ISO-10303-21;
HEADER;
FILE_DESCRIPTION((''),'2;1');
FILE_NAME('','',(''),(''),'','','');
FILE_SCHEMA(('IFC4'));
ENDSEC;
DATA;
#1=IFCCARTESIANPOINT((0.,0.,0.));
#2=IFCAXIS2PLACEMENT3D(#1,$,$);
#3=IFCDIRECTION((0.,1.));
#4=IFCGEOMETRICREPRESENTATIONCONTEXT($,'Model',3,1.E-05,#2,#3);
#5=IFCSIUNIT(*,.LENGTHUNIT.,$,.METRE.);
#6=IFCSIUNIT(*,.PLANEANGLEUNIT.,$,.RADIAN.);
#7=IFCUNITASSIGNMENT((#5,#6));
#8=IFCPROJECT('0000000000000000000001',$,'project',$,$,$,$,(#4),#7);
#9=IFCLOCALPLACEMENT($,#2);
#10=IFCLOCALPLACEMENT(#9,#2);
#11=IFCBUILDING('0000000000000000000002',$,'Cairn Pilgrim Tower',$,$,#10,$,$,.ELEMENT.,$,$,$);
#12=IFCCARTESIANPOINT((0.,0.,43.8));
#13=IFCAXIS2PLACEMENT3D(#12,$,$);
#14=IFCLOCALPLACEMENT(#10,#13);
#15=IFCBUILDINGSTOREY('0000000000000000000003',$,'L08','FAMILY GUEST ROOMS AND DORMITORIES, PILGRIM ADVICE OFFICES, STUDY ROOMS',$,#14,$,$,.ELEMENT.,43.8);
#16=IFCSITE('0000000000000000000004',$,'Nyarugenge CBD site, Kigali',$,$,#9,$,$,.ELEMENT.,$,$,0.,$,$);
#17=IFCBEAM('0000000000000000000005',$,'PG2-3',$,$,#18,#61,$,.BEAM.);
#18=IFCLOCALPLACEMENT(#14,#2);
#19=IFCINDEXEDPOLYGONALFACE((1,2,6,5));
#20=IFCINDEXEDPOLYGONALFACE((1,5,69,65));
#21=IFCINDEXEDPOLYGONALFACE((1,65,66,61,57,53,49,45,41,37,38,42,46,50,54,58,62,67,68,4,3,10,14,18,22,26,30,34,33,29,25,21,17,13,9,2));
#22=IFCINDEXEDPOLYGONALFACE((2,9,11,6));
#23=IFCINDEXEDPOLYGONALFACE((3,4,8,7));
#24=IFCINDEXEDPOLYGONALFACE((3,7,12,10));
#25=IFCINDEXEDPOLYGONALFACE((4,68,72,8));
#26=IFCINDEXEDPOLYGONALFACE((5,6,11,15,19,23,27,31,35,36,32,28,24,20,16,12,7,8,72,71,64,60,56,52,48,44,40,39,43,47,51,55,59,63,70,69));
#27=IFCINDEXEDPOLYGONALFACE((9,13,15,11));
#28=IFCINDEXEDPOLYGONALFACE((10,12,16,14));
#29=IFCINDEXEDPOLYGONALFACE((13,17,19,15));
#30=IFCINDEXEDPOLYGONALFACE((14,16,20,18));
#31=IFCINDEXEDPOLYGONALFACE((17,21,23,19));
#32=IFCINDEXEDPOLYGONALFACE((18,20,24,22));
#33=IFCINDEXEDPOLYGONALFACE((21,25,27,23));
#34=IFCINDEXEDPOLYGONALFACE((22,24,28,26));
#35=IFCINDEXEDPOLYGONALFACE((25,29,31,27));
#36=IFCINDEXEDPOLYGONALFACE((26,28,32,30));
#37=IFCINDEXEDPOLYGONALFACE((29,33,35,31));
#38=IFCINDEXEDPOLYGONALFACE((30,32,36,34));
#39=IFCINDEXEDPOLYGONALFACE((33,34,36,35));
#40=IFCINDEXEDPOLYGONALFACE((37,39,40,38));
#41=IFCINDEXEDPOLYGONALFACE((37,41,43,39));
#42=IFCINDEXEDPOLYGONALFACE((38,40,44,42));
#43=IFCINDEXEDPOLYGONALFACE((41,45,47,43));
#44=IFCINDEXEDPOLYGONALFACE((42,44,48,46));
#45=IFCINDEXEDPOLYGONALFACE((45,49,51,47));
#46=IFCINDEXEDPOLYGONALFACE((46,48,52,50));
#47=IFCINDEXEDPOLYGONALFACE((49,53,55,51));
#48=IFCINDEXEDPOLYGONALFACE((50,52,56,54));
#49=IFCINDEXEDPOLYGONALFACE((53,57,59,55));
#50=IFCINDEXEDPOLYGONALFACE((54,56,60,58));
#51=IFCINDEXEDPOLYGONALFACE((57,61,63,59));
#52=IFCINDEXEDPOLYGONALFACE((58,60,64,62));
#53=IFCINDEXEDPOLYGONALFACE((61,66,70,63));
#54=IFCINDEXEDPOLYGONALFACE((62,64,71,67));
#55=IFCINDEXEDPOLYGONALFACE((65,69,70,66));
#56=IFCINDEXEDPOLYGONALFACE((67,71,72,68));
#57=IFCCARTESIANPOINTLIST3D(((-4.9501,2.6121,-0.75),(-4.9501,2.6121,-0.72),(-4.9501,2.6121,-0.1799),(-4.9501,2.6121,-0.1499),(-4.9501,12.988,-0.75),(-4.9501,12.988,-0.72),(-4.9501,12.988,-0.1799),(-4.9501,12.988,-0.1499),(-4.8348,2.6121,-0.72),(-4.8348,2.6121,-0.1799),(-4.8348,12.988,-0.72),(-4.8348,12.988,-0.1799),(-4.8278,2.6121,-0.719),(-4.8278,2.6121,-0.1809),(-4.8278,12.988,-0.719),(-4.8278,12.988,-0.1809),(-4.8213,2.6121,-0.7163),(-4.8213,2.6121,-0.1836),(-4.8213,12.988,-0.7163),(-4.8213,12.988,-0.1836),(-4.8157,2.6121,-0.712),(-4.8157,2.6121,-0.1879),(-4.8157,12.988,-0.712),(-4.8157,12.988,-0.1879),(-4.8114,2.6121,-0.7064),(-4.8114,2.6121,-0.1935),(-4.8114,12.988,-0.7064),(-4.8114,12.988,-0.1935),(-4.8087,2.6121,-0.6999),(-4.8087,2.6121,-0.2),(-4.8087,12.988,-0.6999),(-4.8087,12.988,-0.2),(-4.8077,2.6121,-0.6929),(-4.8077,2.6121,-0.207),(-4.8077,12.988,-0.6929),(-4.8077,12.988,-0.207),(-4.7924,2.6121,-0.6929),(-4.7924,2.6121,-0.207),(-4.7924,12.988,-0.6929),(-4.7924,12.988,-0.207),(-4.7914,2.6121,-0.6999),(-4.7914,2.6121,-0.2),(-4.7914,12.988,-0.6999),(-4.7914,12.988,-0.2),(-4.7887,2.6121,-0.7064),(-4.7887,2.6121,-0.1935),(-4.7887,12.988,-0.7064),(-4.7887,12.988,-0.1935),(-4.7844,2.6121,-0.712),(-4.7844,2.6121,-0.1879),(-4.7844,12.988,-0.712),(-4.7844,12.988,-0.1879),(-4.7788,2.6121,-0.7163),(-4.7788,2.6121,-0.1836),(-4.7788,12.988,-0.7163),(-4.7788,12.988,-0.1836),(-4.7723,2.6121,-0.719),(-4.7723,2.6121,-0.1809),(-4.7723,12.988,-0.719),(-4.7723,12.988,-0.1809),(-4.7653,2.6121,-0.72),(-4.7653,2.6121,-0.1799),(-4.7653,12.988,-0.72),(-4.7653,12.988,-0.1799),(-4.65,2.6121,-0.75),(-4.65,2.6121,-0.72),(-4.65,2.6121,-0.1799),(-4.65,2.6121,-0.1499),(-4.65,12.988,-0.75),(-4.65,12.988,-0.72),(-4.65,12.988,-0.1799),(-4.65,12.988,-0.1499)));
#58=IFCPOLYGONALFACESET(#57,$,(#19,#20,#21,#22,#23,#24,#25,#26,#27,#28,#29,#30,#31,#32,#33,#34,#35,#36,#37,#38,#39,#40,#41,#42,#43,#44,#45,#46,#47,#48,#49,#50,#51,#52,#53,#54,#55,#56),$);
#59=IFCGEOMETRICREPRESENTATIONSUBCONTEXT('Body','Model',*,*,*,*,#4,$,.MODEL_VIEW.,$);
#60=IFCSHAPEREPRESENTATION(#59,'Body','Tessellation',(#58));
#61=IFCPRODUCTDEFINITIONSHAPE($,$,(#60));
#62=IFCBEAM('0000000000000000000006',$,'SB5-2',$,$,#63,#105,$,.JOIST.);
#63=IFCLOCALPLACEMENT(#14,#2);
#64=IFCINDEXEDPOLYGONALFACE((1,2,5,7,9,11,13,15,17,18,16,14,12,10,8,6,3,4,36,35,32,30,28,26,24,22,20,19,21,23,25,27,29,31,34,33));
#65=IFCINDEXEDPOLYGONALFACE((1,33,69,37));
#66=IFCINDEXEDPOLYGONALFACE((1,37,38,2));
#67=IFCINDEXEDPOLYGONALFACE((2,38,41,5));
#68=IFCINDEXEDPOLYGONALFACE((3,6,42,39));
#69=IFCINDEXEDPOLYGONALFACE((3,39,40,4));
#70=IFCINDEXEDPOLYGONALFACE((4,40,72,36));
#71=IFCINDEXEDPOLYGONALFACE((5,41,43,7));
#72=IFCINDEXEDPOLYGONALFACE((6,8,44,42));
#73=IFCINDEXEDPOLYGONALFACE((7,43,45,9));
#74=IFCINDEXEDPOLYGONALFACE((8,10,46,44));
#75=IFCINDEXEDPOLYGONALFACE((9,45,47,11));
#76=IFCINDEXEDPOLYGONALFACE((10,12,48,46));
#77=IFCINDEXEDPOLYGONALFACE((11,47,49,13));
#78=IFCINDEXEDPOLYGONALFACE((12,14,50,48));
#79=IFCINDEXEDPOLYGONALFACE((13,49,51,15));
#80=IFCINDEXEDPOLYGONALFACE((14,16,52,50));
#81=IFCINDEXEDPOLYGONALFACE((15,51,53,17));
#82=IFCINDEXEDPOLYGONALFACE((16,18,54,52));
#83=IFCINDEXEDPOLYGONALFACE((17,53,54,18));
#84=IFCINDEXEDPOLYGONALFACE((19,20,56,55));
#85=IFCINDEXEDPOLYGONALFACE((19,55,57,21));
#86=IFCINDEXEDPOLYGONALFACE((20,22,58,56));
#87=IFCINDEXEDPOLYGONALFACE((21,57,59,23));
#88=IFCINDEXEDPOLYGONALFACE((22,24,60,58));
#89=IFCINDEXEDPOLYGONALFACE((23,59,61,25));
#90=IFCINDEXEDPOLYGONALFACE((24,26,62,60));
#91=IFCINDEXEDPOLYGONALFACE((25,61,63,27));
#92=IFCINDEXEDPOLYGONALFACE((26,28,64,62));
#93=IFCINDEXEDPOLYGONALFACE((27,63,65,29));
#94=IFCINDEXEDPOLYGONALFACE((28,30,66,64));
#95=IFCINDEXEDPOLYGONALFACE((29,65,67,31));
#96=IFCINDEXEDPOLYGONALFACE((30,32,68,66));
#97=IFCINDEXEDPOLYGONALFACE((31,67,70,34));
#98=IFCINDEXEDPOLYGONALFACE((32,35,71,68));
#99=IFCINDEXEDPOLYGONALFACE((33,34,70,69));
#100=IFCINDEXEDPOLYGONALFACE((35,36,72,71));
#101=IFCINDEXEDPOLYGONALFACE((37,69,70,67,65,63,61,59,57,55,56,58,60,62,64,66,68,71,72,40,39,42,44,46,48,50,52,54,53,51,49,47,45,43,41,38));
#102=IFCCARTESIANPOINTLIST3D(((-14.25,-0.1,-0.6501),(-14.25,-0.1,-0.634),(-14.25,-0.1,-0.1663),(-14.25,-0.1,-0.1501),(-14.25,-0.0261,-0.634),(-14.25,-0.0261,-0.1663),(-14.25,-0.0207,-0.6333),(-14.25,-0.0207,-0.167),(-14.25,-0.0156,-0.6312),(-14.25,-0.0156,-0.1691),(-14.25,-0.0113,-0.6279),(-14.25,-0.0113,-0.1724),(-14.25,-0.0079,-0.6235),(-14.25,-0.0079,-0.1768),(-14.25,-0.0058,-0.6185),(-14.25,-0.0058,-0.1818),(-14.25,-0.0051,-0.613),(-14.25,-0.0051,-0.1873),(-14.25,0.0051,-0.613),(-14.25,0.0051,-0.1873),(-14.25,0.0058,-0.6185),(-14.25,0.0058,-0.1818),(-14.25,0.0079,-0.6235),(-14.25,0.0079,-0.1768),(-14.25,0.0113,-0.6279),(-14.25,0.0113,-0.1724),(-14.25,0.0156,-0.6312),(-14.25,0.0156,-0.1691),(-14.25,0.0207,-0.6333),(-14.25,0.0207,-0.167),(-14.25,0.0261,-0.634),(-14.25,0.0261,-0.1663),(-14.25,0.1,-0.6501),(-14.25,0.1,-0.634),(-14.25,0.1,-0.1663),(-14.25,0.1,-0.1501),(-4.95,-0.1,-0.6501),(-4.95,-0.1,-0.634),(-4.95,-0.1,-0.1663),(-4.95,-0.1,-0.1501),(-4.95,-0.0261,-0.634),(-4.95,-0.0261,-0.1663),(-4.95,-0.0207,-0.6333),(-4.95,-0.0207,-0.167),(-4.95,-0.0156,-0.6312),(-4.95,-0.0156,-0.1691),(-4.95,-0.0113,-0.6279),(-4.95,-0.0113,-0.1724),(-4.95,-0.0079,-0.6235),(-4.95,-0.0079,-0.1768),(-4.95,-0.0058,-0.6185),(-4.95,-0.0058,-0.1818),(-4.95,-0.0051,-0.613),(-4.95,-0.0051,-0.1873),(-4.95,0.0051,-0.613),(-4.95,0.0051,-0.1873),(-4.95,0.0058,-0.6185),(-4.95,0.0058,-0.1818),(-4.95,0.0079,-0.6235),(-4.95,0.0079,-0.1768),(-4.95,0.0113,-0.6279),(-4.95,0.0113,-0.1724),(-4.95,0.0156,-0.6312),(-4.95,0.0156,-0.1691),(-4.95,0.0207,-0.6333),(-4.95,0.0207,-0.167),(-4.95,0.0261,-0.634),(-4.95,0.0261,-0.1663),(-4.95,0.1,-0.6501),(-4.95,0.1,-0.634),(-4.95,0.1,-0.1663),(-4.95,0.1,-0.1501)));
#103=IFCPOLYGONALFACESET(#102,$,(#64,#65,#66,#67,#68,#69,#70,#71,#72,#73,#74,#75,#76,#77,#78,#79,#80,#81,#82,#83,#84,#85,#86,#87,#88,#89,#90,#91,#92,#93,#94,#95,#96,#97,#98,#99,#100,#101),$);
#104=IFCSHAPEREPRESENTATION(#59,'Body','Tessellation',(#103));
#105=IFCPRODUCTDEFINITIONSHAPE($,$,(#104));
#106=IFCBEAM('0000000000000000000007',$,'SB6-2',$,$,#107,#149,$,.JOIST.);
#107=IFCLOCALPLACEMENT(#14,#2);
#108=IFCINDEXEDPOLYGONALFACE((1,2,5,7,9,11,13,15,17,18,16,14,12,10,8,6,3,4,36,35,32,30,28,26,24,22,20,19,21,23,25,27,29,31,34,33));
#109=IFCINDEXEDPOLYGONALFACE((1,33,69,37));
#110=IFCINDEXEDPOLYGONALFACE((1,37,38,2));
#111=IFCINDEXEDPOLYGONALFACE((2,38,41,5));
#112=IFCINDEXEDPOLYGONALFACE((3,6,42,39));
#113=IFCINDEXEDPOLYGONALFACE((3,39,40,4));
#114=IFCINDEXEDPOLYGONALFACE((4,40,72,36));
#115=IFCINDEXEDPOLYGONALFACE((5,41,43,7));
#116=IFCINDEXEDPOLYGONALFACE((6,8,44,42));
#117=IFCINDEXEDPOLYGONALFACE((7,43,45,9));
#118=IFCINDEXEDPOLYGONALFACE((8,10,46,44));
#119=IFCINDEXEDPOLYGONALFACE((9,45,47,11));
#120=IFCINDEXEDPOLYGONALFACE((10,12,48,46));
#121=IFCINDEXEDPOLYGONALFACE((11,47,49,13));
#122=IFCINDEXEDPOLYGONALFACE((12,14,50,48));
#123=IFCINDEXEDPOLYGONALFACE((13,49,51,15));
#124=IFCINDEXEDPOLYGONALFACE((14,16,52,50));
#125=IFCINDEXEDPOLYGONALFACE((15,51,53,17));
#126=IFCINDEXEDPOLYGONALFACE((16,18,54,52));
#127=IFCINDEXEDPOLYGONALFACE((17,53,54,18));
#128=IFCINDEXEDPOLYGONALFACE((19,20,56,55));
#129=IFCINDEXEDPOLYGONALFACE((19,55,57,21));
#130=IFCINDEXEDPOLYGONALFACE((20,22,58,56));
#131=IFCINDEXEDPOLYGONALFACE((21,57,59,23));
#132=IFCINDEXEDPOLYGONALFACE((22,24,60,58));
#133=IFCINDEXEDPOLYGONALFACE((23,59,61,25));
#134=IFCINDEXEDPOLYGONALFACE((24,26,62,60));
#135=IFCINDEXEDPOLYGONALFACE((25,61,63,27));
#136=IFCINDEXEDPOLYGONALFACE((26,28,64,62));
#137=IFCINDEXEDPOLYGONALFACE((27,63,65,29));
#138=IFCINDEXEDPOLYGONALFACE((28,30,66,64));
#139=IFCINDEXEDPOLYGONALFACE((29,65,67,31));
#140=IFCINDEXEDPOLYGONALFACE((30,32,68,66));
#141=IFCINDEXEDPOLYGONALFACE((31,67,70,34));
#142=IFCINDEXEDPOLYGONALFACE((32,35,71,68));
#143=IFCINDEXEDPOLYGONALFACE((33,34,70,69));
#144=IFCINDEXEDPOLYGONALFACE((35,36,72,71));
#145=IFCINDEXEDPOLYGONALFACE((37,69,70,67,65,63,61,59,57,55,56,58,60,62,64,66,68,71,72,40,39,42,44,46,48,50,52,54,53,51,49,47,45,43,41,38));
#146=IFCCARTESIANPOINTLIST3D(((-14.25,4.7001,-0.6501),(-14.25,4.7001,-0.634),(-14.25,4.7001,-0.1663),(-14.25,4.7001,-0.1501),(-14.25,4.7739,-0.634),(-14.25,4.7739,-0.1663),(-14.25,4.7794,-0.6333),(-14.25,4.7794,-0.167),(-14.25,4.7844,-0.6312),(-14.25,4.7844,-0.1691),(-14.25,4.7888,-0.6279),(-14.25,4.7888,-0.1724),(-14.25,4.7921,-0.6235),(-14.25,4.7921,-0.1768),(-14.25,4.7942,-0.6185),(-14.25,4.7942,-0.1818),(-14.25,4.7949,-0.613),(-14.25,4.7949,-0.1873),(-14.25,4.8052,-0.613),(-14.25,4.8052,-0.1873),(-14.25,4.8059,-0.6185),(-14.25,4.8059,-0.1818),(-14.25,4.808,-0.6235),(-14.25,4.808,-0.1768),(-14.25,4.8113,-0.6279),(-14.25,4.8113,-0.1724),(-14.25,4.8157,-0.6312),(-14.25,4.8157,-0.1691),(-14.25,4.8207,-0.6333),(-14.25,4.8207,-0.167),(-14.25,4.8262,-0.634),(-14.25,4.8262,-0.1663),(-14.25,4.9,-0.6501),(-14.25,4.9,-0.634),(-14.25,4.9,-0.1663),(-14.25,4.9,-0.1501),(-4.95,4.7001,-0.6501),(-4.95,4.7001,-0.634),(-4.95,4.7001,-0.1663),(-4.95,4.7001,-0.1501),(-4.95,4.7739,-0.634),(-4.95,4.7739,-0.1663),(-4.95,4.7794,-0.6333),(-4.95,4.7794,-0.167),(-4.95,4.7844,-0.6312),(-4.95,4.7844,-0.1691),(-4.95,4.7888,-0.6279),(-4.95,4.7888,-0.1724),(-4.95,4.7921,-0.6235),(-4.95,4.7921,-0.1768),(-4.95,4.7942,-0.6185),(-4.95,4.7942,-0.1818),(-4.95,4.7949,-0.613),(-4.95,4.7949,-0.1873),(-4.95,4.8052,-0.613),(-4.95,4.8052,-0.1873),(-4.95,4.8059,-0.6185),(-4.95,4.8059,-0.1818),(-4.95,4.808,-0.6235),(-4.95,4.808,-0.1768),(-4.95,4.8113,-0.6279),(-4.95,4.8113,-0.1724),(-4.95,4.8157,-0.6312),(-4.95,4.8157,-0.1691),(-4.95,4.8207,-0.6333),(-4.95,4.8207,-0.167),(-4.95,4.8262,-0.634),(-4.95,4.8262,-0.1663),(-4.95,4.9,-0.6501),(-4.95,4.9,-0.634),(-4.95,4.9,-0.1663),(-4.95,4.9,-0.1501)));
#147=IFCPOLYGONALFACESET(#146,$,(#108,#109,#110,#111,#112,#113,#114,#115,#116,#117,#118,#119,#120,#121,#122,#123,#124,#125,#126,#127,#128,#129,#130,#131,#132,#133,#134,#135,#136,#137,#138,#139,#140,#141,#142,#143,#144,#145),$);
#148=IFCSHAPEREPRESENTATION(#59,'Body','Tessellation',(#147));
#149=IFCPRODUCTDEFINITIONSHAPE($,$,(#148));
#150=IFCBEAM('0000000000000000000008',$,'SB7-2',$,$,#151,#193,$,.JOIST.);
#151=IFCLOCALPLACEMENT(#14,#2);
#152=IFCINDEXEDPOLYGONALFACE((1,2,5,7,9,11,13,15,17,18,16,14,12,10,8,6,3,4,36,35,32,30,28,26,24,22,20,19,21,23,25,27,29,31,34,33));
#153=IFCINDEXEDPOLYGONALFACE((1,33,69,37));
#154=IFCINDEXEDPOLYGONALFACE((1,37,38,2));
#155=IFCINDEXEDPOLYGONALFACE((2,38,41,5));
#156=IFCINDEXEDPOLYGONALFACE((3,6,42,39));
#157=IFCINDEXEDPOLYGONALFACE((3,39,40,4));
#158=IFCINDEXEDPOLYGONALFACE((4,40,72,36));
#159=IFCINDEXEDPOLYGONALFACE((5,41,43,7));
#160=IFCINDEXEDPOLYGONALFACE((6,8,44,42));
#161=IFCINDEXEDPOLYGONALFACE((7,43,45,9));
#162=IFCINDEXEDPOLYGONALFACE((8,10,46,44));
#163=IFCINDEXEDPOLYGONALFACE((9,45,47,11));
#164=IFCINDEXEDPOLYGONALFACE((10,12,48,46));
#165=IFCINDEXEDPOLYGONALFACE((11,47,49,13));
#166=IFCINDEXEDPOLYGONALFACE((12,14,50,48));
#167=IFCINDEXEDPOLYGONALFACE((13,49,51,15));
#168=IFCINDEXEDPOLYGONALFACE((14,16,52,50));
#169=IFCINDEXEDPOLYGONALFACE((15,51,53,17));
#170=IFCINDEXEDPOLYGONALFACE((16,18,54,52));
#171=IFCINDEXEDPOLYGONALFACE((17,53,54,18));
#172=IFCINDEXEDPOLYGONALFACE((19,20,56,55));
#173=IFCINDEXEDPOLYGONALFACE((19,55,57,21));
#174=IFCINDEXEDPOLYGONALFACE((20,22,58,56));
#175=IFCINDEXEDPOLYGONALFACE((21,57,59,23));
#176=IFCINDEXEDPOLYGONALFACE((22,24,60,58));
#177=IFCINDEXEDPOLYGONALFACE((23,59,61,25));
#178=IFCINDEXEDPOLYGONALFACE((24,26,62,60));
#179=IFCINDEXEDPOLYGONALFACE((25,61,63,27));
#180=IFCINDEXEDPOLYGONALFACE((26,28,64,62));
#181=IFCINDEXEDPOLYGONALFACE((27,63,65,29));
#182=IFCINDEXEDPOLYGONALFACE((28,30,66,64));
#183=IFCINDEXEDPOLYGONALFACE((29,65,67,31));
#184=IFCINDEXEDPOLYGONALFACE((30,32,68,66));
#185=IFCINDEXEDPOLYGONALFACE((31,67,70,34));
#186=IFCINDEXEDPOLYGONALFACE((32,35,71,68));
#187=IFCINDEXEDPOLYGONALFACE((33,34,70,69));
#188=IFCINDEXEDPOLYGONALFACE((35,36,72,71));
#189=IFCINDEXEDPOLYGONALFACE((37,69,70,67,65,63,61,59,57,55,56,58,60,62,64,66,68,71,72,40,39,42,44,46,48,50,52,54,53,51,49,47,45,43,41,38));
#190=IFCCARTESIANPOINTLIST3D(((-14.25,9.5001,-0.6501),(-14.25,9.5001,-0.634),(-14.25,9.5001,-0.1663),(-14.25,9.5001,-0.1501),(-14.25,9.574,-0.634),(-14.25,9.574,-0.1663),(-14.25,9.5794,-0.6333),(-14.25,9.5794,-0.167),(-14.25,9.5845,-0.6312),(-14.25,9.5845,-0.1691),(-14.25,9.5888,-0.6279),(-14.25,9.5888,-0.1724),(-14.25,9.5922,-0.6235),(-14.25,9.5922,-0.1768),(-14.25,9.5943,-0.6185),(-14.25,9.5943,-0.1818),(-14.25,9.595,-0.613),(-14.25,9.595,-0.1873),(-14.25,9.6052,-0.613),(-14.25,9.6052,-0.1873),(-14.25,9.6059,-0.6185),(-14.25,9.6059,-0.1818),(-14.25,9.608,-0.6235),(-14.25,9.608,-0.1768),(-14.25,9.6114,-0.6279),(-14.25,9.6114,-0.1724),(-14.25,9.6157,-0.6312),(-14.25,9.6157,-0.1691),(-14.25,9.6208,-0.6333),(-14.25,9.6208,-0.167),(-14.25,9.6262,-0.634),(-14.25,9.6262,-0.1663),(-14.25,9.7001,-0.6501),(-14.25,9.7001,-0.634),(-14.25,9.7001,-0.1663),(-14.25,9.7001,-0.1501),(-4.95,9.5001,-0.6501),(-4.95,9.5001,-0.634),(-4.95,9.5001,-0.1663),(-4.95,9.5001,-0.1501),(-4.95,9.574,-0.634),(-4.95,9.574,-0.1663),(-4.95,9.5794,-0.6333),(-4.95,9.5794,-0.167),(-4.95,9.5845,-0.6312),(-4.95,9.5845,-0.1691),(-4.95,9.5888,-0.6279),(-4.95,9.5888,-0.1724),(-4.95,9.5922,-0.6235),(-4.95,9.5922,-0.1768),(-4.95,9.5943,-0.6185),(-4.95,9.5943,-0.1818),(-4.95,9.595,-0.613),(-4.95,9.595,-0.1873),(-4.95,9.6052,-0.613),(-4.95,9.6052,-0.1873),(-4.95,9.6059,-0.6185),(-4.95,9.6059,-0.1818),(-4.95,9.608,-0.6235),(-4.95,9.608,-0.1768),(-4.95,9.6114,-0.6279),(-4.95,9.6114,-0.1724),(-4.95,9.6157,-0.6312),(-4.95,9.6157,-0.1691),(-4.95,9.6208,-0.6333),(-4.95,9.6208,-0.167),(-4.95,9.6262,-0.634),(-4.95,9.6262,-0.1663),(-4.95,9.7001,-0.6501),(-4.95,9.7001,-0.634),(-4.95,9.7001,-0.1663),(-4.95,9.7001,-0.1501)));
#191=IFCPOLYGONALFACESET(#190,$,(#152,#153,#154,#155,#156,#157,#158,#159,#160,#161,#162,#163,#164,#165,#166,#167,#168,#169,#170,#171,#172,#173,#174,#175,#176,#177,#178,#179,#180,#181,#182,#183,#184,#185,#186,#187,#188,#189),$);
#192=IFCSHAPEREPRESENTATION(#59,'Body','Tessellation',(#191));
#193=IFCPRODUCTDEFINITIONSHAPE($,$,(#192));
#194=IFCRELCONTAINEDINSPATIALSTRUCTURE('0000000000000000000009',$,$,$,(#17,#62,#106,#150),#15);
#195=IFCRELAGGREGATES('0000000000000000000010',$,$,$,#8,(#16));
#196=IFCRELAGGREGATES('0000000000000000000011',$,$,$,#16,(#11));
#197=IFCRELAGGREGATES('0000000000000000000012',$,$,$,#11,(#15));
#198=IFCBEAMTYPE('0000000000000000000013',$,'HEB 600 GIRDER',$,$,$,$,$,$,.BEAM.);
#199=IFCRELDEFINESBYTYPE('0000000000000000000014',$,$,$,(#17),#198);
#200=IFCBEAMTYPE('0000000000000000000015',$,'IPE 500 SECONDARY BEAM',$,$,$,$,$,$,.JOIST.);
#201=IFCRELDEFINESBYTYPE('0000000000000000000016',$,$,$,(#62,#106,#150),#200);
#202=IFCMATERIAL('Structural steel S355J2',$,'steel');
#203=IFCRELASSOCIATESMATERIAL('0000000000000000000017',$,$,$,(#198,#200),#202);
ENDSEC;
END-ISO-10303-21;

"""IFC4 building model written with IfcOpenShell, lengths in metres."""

from ifc_helpers import new_model, si_unit, direction, frame, origin, origin_2d, place, context, subcontext, project, spatial, i_section, extrude, material, material_profile, profile_set, type_object, element, save


model = new_model("IFC4")

# Units and contexts
model_context = context("Model", 3, precision=1e-05, world=origin(), true_north=direction((0.0, 1.0)))
body_context = subcontext(model_context, "Body", "Model", "MODEL_VIEW")
ifc_project = project(units=[si_unit("LENGTHUNIT", "METRE"), si_unit("PLANEANGLEUNIT", "RADIAN")], contexts=[model_context])

# Site, building, storey
site_placement = place(None, origin())
site = spatial("IfcSite", under=ifc_project, at=site_placement, Name="Nyarugenge CBD site, Kigali", CompositionType="ELEMENT", RefElevation=0.0)
building_placement = place(site_placement, origin())
building = spatial("IfcBuilding", under=site, at=building_placement, Name="Cairn Pilgrim Tower", CompositionType="ELEMENT")
storey_placement = place(building_placement, frame((0.0, 0.0, 43.8)))
storey = spatial("IfcBuildingStorey", under=building, at=storey_placement, Name="L08", Description="FAMILY GUEST ROOMS AND DORMITORIES, PILGRIM ADVICE OFFICES, STUDY ROOMS", CompositionType="ELEMENT", Elevation=43.8)

# Beams
ifc_material_1 = material(Name="Structural steel S355J2", Category="steel")
ifc_material_profile_1 = material_profile(ifc_material_1, i_section(OverallWidth=0.3, OverallDepth=0.6001, WebThickness=0.0154, FlangeThickness=0.03, FilletRadius=0.0271, at=origin_2d()), Name="HEB 600")
ifc_profile_set_1 = profile_set([ifc_material_profile_1], Name="Structural steel S355J2")
beam_type_1 = type_object("IfcBeamType", Name="HEB 600 GIRDER", PredefinedType="BEAM", material=ifc_profile_set_1)
beam_1_placement = place(storey_placement, frame((-4.8, 2.6121, -0.45), z_axis=(0.0, 1.0, 0.0), x_axis=(-1.0, 0.0, 0.0)))
element("IfcBeam", 1, at=beam_1_placement, inside=storey, type_object=beam_type_1, Name="PG2-3", PredefinedType="BEAM", context=body_context, shape_type="SweptSolid", body=[
    extrude(i_section(OverallWidth=0.3, OverallDepth=0.6001, WebThickness=0.0154, FlangeThickness=0.03, FilletRadius=0.0271, at=origin_2d()), origin(), (0.0, 0.0, 1.0), 10.376),
])
ifc_material_profile_2 = material_profile(ifc_material_1, i_section(OverallWidth=0.2, OverallDepth=0.5, WebThickness=0.0103, FlangeThickness=0.0161, FilletRadius=0.021, at=origin_2d()), Name="IPE 500")
ifc_profile_set_2 = profile_set([ifc_material_profile_2], Name="Structural steel S355J2")
beam_type_2 = type_object("IfcBeamType", Name="IPE 500 SECONDARY BEAM", PredefinedType="JOIST", material=ifc_profile_set_2)
for number, where, z_axis, x_axis, name in (
    (2, (-14.25, 0.0, -0.4001), (1.0, 0.0, 0.0), (0.0, 1.0, 0.0), "SB5-2"),
    (3, (-14.25, 4.8, -0.4001), (1.0, 0.0, 0.0), (0.0, 1.0, 0.0), "SB6-2"),
    (4, (-14.25, 9.6001, -0.4001), (1.0, 0.0, 0.0), (0.0, 1.0, 0.0), "SB7-2"),
):
    element("IfcBeam", number, at=place(storey_placement, frame(where, z_axis=z_axis, x_axis=x_axis)), inside=storey, type_object=beam_type_2, Name=name, PredefinedType="JOIST", context=body_context, shape_type="SweptSolid", body=[
        extrude(i_section(OverallWidth=0.2, OverallDepth=0.5, WebThickness=0.0103, FlangeThickness=0.0161, FilletRadius=0.021, at=origin_2d()), origin(), (0.0, 0.0, 1.0), 9.3),
    ])

save(model, "model.ifc")
